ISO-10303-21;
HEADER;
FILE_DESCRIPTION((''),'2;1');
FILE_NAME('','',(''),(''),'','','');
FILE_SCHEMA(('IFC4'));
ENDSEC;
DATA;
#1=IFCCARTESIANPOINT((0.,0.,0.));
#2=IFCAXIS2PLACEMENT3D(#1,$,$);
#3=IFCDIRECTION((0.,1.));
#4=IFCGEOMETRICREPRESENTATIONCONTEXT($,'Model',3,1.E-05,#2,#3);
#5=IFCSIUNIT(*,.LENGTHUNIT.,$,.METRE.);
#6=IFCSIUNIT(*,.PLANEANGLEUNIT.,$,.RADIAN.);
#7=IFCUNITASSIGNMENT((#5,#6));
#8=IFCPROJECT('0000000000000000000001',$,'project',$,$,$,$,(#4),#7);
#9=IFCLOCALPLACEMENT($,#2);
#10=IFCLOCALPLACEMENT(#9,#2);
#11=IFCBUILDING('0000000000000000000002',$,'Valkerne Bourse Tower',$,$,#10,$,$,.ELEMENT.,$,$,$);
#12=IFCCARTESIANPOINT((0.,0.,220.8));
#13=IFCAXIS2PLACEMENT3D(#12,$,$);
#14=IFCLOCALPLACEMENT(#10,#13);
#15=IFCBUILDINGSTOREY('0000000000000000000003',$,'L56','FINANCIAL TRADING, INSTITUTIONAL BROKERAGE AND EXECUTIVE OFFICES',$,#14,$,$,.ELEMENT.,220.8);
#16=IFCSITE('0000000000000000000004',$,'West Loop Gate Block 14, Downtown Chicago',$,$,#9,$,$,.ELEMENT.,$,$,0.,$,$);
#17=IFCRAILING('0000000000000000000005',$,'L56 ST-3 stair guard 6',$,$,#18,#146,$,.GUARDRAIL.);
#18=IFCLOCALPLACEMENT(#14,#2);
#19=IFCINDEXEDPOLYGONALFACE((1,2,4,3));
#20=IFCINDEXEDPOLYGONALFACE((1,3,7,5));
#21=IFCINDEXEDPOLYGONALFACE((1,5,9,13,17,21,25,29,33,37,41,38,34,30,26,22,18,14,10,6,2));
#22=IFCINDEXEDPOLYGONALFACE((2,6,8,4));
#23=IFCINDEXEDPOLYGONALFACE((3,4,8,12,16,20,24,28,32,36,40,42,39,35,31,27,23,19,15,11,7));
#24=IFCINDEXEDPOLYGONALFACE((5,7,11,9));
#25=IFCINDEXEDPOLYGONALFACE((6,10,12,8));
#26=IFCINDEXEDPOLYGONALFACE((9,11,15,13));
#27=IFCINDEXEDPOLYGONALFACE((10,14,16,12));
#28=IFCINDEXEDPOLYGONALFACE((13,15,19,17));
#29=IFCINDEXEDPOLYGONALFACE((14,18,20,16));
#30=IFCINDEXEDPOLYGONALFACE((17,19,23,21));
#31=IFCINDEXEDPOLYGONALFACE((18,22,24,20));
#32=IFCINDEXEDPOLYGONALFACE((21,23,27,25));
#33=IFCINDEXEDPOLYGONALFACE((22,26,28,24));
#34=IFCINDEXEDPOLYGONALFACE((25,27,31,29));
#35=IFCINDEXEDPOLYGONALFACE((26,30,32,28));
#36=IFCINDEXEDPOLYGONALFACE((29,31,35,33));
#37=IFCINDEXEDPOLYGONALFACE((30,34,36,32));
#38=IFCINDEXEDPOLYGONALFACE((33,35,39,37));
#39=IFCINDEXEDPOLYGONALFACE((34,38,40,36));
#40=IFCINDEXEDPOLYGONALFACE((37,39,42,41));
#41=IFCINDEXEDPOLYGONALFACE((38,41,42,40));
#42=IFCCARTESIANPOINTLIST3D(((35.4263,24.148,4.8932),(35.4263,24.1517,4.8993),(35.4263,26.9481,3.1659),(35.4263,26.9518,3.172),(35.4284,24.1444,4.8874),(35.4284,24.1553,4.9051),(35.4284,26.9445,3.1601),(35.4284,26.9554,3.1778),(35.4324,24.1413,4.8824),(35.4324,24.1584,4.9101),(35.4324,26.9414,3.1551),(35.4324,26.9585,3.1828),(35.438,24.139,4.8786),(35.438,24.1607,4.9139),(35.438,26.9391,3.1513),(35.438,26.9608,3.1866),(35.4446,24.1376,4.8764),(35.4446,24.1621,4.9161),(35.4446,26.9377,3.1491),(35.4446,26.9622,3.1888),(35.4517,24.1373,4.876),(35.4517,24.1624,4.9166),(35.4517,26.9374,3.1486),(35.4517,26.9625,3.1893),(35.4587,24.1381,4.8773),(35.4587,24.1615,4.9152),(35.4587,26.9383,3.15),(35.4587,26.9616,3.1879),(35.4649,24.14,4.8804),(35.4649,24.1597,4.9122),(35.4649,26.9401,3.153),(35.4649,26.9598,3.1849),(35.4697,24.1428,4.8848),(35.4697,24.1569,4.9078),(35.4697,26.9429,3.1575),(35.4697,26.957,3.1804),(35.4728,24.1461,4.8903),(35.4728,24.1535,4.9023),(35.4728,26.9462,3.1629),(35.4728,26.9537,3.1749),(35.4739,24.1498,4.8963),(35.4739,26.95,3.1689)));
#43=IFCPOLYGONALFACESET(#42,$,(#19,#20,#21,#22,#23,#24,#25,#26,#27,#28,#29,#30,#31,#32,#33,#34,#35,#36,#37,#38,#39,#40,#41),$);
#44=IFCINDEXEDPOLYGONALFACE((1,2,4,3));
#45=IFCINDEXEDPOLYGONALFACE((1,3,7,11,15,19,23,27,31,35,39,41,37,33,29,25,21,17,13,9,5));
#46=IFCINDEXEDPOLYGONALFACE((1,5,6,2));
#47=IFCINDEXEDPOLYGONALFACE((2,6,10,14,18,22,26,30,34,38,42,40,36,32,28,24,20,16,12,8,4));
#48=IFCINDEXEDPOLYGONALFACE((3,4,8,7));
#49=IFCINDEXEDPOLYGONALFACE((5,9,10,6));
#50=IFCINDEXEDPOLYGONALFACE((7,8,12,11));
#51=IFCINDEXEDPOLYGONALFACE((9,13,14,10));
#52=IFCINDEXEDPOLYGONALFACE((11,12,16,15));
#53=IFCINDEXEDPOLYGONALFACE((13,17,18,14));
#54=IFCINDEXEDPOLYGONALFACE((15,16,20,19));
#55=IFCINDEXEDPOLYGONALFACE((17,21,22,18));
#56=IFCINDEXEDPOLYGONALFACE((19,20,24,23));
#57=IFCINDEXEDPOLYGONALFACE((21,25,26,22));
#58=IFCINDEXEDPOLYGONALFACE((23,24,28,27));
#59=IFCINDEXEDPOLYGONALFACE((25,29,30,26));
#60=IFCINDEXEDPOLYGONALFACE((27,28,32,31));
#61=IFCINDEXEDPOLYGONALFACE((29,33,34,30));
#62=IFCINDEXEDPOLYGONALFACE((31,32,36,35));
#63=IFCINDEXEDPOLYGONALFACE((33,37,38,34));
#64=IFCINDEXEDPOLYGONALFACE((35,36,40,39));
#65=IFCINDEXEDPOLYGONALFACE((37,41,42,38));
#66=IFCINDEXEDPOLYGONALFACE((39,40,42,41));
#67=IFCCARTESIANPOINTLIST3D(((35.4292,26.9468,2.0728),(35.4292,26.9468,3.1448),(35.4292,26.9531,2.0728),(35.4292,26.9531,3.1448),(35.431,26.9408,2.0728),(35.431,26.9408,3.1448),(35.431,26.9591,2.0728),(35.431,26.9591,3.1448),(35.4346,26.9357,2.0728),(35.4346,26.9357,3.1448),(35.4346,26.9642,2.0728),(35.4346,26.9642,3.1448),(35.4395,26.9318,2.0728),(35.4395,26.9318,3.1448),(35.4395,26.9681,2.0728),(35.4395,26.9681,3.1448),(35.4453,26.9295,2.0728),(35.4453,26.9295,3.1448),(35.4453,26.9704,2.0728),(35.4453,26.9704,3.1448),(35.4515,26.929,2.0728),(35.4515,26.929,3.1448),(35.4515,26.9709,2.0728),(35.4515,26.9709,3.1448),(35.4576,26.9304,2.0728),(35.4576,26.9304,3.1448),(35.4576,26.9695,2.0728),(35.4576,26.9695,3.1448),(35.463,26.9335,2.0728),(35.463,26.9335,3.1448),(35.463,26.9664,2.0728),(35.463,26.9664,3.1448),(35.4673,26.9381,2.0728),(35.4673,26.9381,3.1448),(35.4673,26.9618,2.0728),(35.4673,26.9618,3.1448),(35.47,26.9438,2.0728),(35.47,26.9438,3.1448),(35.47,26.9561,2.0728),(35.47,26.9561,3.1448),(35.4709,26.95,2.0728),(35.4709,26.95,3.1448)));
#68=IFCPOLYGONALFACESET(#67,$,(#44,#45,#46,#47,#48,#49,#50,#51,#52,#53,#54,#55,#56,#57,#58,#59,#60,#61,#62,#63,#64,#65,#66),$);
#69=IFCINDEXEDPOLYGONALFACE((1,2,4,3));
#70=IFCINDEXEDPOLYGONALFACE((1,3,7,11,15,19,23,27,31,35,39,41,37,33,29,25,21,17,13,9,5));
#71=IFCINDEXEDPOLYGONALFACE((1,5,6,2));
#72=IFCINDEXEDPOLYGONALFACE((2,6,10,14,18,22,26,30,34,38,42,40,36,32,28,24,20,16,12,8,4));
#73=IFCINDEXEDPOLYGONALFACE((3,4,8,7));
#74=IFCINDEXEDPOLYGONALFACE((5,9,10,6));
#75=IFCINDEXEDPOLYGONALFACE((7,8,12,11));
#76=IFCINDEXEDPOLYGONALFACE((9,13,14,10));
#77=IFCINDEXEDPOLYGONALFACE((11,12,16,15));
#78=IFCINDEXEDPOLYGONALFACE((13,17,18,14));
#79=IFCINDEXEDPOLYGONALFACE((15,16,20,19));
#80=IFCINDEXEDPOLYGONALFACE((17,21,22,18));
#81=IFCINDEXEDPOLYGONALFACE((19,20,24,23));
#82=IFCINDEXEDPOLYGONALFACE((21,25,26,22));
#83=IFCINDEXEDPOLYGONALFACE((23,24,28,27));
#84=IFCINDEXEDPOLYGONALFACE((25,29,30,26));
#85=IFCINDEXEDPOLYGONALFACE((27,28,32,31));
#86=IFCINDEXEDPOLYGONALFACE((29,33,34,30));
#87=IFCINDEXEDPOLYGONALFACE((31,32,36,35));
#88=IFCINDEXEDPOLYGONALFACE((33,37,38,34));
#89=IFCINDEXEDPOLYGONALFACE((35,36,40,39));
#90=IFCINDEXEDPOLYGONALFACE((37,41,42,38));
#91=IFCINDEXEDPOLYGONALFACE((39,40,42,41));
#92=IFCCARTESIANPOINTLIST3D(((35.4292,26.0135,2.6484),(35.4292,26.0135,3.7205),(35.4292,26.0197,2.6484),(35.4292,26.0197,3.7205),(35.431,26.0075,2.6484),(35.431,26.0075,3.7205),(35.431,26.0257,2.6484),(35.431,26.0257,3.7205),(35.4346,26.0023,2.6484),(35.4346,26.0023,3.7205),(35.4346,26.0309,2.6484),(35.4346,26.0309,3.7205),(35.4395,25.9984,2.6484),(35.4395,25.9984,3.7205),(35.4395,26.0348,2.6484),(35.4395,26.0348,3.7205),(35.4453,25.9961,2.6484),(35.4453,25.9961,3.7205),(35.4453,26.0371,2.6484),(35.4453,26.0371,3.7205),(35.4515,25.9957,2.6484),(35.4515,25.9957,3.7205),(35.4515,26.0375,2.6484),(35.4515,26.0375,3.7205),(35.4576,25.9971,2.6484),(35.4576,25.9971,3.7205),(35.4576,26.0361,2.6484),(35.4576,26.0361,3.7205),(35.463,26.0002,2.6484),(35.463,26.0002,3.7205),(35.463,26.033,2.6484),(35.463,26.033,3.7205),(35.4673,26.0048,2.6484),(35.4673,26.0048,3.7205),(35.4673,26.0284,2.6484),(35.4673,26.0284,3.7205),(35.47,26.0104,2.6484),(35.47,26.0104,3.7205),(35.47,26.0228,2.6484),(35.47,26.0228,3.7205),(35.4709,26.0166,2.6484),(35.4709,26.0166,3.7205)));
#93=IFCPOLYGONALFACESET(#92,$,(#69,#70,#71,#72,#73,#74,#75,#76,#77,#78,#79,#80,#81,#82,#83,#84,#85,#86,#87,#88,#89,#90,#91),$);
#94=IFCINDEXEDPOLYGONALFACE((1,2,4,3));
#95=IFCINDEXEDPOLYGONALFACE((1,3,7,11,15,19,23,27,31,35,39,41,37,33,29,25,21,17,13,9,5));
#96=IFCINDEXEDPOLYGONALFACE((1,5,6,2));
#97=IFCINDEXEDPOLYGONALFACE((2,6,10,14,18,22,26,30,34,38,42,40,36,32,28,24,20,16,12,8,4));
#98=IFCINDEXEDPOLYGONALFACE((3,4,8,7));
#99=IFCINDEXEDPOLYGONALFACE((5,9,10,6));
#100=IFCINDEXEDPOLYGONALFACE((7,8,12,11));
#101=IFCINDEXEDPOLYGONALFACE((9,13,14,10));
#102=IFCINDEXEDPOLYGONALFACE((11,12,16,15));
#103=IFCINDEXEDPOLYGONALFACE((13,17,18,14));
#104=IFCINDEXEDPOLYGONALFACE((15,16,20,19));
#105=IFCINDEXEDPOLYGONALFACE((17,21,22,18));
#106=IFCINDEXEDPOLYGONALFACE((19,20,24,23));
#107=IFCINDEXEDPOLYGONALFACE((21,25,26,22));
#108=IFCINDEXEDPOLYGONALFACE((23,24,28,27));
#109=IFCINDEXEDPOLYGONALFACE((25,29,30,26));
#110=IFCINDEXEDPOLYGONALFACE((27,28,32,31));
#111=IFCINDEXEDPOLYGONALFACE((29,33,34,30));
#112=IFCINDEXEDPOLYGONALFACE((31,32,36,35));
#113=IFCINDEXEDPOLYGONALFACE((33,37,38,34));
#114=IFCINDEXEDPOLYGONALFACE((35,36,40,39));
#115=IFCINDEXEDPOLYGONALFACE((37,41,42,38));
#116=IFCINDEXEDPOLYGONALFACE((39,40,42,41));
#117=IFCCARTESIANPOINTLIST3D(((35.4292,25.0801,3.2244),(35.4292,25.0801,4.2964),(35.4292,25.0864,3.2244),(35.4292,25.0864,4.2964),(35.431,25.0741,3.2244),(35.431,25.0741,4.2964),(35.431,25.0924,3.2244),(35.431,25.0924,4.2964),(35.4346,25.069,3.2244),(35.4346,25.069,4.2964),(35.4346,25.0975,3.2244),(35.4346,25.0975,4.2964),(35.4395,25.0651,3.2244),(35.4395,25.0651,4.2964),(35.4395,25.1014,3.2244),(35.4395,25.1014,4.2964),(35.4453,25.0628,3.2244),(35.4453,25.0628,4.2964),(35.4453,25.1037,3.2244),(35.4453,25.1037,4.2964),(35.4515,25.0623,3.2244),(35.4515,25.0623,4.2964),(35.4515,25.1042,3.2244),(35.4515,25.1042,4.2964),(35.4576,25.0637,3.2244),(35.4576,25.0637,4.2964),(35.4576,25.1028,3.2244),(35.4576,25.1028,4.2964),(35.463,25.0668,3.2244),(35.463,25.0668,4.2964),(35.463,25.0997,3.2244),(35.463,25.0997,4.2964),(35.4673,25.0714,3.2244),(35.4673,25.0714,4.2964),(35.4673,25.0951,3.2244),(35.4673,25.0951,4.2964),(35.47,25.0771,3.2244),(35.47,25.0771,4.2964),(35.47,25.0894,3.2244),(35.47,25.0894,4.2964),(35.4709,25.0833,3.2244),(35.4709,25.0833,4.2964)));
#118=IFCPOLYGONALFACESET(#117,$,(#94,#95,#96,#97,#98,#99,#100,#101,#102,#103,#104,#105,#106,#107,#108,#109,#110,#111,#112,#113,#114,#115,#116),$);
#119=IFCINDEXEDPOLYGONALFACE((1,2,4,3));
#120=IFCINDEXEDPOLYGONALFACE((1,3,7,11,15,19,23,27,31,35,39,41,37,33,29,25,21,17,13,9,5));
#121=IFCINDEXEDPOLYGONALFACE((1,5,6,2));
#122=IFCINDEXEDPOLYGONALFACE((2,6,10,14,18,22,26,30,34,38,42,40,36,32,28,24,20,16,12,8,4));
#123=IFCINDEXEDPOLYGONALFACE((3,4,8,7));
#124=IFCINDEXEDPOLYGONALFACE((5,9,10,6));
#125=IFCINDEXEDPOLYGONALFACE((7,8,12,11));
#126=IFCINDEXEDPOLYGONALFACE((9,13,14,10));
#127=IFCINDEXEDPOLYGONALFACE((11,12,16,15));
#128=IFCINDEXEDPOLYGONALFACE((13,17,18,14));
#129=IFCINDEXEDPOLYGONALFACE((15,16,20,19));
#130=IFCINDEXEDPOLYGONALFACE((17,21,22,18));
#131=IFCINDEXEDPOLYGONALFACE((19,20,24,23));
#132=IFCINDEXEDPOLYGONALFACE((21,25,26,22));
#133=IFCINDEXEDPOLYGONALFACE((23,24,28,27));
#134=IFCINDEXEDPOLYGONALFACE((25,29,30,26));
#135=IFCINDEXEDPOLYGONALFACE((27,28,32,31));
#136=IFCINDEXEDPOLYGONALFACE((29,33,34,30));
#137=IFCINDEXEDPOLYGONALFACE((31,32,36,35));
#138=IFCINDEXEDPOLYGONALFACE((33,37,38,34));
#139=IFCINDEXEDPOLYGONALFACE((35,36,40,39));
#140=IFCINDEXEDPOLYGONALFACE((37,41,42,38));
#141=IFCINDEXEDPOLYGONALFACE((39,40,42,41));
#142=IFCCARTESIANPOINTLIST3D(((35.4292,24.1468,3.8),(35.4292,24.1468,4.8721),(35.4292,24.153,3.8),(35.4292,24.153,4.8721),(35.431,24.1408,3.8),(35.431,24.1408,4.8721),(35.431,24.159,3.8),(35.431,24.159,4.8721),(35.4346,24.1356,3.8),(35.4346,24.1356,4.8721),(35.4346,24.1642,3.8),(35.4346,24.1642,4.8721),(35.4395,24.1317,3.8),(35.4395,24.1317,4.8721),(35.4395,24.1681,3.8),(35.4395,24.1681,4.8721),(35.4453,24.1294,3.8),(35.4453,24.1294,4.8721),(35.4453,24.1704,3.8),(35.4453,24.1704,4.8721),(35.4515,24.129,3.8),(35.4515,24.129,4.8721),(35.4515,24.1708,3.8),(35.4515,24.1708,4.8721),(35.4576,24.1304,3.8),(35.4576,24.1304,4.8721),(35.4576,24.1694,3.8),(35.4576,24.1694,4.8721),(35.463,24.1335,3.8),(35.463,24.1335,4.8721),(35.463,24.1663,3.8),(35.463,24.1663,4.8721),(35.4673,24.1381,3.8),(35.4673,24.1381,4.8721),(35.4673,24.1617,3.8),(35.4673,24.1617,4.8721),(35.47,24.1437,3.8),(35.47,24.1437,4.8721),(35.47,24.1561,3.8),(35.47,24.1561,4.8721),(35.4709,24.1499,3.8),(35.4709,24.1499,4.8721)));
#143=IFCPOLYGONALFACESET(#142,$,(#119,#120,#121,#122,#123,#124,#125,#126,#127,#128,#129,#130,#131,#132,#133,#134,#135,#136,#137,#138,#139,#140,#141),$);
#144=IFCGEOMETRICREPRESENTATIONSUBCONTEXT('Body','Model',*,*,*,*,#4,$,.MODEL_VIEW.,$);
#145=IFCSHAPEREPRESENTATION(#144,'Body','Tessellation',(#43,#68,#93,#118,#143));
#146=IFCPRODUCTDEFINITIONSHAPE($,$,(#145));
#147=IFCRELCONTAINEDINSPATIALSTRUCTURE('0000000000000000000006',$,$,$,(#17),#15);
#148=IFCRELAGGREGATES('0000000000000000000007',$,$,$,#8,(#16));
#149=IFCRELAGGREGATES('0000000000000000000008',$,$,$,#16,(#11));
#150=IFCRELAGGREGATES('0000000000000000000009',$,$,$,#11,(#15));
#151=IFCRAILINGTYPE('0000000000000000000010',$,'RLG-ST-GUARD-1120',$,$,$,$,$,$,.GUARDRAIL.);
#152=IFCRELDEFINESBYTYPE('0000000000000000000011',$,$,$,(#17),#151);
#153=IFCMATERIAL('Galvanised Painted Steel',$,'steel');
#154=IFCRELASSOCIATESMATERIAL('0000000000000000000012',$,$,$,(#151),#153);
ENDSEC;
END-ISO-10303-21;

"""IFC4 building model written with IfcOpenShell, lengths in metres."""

from ifc_helpers import new_model, si_unit, direction, frame, origin, origin_2d, place, context, subcontext, project, spatial, circle, extrude, material, type_object, element, save


model = new_model("IFC4")

# Units and contexts
model_context = context("Model", 3, precision=1e-05, world=origin(), true_north=direction((0.0, 1.0)))
body_context = subcontext(model_context, "Body", "Model", "MODEL_VIEW")
ifc_project = project(units=[si_unit("LENGTHUNIT", "METRE"), si_unit("PLANEANGLEUNIT", "RADIAN")], contexts=[model_context])

# Site, building, storey
site_placement = place(None, origin())
site = spatial("IfcSite", under=ifc_project, at=site_placement, Name="West Loop Gate Block 14, Downtown Chicago", CompositionType="ELEMENT", RefElevation=0.0)
building_placement = place(site_placement, origin())
building = spatial("IfcBuilding", under=site, at=building_placement, Name="Valkerne Bourse Tower", CompositionType="ELEMENT")
storey_placement = place(building_placement, frame((0.0, 0.0, 220.8)))
storey = spatial("IfcBuildingStorey", under=building, at=storey_placement, Name="L56", Description="FINANCIAL TRADING, INSTITUTIONAL BROKERAGE AND EXECUTIVE OFFICES", CompositionType="ELEMENT", Elevation=220.8)

# Railing
ifc_material_1 = material(Name="Galvanised Painted Steel", Category="steel")
railing_type_1 = type_object("IfcRailingType", Name="RLG-ST-GUARD-1120", PredefinedType="GUARDRAIL", material=ifc_material_1)
railing_1_placement = place(storey_placement, frame((35.45, 26.95, 2.0728)))
element("IfcRailing", 1, at=railing_1_placement, inside=storey, type_object=railing_type_1, Name="L56 ST-3 stair guard 6", PredefinedType="GUARDRAIL", context=body_context, shape_type="SweptSolid", body=[
    extrude(circle(Radius=0.0239, at=origin_2d()), frame((0.0, 0.0, 1.0962), z_axis=(0.0, -0.85109, 0.52502), x_axis=(1.0, 0.0, 0.0)), (0.0, 0.0, 1.0), 3.29),
    extrude(circle(Radius=0.021, at=origin_2d()), origin(), (0.0, 0.0, 1.0), 1.072),
    extrude(circle(Radius=0.021, at=origin_2d()), frame((0.0, -0.9333, 0.5757)), (0.0, 0.0, 1.0), 1.072),
    extrude(circle(Radius=0.021, at=origin_2d()), frame((0.0, -1.8667, 1.1516)), (0.0, 0.0, 1.0), 1.072),
    extrude(circle(Radius=0.021, at=origin_2d()), frame((0.0, -2.8, 1.7273)), (0.0, 0.0, 1.0), 1.072),
])

save(model, "model.ifc")
